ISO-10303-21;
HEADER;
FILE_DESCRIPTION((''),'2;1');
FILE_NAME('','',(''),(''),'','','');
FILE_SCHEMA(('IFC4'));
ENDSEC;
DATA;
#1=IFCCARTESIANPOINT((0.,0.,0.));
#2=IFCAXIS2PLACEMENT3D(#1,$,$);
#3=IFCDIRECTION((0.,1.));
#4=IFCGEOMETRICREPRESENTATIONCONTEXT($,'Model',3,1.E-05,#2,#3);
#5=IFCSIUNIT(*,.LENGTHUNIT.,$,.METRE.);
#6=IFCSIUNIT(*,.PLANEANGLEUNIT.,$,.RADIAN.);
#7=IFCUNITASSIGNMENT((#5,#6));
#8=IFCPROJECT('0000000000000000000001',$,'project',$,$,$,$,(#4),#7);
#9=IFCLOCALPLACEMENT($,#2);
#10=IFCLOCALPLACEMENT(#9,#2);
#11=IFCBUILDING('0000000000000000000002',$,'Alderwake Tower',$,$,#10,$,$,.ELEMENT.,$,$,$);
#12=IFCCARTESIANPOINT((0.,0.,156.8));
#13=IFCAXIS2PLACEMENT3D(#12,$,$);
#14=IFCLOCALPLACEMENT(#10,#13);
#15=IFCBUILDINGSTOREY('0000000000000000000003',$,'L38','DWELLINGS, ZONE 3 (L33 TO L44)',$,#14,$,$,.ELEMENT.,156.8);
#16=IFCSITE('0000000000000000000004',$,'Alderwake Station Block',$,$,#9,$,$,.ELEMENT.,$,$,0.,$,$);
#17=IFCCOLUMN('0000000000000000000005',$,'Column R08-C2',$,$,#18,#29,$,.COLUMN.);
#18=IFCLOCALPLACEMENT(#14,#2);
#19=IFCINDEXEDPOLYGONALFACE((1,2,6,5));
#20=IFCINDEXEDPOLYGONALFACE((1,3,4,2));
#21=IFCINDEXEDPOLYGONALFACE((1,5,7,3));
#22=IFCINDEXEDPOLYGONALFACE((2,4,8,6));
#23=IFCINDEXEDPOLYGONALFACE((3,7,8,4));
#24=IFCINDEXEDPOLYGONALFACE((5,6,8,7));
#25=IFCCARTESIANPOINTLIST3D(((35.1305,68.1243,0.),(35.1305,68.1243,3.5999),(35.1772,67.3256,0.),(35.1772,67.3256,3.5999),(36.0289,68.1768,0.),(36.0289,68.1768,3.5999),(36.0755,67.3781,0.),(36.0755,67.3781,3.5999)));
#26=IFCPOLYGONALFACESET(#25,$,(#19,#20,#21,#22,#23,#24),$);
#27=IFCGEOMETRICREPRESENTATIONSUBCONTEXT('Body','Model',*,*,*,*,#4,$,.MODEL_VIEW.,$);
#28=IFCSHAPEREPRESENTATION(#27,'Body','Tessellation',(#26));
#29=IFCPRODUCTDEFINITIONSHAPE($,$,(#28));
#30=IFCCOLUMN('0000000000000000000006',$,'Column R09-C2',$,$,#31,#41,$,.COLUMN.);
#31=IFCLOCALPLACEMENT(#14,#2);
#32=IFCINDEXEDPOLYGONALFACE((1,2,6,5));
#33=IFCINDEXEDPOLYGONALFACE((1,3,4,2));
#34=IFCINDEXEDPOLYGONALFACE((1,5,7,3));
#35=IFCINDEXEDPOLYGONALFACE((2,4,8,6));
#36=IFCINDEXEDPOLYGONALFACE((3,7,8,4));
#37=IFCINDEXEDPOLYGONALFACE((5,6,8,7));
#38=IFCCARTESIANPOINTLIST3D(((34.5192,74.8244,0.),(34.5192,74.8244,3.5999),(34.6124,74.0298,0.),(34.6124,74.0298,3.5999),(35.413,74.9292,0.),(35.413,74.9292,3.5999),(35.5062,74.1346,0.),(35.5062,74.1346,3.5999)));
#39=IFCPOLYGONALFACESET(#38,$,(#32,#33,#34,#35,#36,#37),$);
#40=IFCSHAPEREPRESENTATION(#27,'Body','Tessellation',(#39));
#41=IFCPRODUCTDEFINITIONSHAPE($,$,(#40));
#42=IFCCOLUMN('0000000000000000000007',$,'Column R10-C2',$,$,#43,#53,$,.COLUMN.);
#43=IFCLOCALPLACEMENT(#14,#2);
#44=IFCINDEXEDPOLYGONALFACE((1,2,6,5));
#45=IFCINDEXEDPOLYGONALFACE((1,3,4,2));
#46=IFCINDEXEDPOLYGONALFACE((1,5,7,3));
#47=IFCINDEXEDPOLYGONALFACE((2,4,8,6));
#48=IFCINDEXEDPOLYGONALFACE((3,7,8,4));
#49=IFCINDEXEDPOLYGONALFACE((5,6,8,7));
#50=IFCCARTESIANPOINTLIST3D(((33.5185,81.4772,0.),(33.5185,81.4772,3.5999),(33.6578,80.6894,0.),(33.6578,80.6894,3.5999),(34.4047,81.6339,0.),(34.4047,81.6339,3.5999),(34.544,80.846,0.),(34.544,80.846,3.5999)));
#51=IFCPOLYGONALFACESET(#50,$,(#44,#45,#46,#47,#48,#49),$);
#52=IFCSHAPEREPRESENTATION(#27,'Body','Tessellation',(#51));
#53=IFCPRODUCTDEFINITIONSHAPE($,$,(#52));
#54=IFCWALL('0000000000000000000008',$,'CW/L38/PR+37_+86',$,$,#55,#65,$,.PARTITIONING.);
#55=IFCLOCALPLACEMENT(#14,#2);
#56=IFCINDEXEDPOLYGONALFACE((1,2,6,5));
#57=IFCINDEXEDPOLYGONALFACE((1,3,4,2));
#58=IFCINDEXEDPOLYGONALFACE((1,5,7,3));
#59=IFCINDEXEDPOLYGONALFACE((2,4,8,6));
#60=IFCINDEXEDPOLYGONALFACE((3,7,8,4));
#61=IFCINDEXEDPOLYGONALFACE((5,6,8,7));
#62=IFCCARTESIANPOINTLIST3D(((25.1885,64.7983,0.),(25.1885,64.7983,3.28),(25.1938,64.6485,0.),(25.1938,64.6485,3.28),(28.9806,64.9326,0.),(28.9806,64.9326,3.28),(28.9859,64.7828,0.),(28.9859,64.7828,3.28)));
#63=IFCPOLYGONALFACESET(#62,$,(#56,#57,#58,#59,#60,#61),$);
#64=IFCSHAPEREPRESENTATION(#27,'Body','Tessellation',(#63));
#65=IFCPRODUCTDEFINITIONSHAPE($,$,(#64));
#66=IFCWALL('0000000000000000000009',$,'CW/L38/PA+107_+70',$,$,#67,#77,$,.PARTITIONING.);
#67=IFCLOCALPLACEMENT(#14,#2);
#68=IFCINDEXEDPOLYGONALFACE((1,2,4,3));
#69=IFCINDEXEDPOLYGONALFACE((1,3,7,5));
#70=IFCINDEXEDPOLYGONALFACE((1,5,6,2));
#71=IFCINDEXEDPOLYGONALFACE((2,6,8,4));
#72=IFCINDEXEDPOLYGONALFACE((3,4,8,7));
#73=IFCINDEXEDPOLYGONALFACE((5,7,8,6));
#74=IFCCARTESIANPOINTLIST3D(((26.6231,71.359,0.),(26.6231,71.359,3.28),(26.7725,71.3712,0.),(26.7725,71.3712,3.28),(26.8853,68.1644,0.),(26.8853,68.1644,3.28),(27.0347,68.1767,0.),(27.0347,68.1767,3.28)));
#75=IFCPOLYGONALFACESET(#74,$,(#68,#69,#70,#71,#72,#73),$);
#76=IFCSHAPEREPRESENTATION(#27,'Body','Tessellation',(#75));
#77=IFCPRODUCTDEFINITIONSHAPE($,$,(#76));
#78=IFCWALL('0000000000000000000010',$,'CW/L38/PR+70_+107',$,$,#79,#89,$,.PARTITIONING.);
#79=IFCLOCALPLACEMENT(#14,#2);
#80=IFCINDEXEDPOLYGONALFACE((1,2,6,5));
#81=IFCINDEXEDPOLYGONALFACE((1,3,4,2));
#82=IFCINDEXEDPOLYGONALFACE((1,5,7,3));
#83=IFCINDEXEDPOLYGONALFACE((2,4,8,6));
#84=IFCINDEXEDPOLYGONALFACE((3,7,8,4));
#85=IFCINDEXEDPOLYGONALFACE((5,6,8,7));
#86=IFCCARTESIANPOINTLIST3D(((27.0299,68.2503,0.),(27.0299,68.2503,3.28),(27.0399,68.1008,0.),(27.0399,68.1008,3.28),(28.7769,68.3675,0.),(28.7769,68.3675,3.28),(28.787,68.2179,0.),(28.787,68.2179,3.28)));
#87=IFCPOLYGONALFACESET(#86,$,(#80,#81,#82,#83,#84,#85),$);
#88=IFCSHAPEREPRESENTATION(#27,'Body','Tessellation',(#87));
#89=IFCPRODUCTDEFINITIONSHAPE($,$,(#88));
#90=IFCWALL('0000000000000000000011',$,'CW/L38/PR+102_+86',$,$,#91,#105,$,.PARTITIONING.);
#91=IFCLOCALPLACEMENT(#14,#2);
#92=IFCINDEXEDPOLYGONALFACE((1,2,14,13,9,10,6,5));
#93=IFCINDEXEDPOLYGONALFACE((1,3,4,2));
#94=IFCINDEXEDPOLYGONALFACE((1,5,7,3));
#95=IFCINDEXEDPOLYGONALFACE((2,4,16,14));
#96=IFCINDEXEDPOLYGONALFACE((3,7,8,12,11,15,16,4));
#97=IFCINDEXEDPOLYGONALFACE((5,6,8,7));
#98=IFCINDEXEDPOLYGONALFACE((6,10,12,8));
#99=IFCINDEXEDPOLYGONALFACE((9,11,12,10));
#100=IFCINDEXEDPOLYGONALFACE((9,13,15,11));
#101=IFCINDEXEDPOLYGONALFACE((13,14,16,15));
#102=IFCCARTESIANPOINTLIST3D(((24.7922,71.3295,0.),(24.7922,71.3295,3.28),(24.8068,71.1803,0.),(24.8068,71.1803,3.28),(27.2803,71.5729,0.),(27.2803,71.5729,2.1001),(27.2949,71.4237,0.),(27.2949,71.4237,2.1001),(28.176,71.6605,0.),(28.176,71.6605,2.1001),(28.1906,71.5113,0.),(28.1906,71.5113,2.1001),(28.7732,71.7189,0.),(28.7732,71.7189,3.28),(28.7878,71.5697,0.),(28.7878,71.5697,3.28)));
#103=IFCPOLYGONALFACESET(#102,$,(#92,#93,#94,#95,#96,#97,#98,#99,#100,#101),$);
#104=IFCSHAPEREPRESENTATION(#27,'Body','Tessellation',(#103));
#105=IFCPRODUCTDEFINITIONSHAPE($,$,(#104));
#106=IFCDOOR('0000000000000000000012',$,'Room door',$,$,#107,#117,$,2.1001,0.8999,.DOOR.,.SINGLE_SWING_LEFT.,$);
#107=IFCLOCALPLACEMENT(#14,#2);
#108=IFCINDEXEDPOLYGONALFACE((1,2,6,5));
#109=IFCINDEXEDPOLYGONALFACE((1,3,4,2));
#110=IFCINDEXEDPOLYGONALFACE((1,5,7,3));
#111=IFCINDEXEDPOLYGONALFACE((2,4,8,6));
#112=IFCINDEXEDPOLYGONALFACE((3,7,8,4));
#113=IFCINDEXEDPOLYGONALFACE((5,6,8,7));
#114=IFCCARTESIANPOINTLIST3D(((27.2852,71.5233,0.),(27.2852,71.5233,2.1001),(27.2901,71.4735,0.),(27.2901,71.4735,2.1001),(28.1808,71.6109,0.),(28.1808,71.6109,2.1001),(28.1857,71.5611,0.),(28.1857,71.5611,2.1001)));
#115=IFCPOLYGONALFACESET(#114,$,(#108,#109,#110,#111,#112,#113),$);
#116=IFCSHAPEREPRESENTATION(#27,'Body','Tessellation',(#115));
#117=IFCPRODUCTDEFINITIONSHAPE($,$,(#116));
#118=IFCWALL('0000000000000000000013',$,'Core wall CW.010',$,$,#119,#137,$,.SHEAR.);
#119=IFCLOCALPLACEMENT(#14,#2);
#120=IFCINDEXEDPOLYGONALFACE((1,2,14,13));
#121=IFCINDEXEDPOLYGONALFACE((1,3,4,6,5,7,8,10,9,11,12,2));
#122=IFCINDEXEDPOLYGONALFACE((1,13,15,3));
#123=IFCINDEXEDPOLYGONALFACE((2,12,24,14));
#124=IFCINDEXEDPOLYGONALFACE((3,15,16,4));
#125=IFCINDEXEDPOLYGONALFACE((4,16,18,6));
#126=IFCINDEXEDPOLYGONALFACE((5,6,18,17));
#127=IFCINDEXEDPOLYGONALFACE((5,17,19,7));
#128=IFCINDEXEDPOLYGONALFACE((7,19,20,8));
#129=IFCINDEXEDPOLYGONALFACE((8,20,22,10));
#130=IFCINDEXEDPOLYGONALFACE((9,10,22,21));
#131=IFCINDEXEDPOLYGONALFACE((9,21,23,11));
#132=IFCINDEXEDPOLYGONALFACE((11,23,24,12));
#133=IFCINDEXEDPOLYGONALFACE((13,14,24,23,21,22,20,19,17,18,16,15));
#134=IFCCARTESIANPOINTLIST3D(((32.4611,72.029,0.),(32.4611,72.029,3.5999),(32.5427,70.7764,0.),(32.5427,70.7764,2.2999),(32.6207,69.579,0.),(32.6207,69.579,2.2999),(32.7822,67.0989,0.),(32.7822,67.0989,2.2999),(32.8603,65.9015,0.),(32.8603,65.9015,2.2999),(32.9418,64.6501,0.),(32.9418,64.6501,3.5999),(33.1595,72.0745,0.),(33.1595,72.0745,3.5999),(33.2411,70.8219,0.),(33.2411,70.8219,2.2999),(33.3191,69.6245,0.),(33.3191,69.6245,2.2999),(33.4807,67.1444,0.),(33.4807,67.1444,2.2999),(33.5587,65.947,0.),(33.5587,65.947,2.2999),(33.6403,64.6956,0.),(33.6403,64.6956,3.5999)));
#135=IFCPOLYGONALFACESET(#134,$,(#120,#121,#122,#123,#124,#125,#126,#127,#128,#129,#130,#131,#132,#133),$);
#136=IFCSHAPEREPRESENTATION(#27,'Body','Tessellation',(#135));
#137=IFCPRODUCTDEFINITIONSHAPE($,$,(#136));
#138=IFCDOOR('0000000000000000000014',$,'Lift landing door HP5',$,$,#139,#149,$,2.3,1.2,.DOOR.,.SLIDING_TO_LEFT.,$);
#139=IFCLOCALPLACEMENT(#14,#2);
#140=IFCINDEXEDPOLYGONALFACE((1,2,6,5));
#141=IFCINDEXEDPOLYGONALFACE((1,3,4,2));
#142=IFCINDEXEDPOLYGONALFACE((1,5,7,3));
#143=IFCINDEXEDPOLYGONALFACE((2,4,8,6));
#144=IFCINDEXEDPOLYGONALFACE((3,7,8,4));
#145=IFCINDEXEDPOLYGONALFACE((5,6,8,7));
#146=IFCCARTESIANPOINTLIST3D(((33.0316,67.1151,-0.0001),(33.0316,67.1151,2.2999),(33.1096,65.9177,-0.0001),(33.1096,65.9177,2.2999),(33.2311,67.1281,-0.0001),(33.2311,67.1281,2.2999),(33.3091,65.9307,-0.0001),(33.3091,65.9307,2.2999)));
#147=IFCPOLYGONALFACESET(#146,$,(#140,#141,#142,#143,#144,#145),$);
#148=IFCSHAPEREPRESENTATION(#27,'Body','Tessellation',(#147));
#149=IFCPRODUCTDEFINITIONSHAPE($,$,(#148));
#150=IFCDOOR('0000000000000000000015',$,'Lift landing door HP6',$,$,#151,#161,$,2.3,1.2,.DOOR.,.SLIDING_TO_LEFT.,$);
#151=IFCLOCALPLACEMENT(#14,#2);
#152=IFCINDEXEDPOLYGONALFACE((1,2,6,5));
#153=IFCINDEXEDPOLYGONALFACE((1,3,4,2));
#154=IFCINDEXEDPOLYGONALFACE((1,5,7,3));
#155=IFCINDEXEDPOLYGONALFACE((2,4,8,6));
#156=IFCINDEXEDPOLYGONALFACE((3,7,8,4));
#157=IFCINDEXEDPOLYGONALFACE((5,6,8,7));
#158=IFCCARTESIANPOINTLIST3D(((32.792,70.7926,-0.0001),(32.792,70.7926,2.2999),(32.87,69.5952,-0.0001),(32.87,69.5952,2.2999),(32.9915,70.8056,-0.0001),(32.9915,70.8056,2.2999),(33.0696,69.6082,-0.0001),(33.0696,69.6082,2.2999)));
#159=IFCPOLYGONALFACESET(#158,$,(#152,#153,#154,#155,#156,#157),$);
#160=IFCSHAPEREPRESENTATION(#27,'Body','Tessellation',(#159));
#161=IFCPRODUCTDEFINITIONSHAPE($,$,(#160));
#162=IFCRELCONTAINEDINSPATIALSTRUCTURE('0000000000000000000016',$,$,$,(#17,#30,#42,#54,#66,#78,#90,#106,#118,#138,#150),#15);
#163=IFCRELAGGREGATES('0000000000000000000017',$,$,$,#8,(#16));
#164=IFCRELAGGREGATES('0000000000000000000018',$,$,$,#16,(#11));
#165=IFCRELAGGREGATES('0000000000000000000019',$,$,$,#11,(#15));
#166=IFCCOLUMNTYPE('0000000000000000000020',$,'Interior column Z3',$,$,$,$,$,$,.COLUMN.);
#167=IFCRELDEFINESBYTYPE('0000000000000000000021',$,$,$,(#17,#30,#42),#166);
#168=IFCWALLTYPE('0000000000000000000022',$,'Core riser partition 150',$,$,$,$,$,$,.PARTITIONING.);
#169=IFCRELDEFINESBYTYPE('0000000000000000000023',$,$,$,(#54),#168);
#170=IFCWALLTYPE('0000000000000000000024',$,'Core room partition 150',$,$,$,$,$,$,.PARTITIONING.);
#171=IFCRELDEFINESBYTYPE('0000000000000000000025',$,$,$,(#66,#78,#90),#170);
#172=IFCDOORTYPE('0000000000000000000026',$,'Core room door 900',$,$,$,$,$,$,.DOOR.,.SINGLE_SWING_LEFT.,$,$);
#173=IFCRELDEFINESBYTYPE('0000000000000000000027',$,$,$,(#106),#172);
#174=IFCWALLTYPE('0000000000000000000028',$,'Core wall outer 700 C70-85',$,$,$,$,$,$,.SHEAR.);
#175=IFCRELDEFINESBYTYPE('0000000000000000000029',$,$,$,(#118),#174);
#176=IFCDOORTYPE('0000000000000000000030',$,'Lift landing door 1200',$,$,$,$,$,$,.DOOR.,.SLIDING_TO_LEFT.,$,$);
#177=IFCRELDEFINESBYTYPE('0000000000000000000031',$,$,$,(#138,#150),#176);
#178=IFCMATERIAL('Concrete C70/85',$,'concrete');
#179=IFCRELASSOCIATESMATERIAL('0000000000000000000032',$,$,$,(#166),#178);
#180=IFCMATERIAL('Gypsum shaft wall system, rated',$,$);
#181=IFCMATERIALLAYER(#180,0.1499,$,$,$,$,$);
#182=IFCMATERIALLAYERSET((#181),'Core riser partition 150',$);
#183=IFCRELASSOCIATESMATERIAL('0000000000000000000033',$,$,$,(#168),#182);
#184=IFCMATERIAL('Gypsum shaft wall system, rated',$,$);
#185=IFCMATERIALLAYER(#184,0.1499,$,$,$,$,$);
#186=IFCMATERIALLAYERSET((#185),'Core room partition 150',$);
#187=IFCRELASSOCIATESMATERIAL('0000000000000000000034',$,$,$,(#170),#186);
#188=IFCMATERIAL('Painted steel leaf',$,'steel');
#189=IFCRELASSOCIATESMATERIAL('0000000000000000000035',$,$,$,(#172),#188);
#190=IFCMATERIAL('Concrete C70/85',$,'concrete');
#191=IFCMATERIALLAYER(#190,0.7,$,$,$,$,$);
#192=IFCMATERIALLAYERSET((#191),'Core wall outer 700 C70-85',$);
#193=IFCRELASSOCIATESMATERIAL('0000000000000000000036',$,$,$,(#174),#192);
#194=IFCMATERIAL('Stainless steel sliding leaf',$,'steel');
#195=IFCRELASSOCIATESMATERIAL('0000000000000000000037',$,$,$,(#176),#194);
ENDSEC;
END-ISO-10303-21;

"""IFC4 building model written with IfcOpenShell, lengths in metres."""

from ifc_helpers import new_model, si_unit, direction, frame, frame_2d, origin, origin_2d, place, context, subcontext, project, spatial, rectangle, extrude, material, layer, layer_set, material_profile, profile_set, type_object, element, fill, save


model = new_model("IFC4")

# Units and contexts
model_context = context("Model", 3, precision=1e-05, world=origin(), true_north=direction((0.0, 1.0)))
body_context = subcontext(model_context, "Body", "Model", "MODEL_VIEW")
ifc_project = project(units=[si_unit("LENGTHUNIT", "METRE"), si_unit("PLANEANGLEUNIT", "RADIAN")], contexts=[model_context])

# Site, building, storey
site_placement = place(None, origin())
site = spatial("IfcSite", under=ifc_project, at=site_placement, Name="Alderwake Station Block", CompositionType="ELEMENT", RefElevation=0.0)
building_placement = place(site_placement, origin())
building = spatial("IfcBuilding", under=site, at=building_placement, Name="Alderwake Tower", CompositionType="ELEMENT")
storey_placement = place(building_placement, frame((0.0, 0.0, 156.8)))
storey = spatial("IfcBuildingStorey", under=building, at=storey_placement, Name="L38", Description="DWELLINGS, ZONE 3 (L33 TO L44)", CompositionType="ELEMENT", Elevation=156.8)

# Columns
ifc_material_1 = material(Name="Concrete C70/85", Category="concrete")
ifc_material_profile = material_profile(ifc_material_1, rectangle(XDim=0.8, YDim=0.8999, at=origin_2d()), Name="RC 900X800")
ifc_profile_set = profile_set([ifc_material_profile], Name="Concrete C70/85")
column_type = type_object("IfcColumnType", Name="Interior column Z3", PredefinedType="COLUMN", material=ifc_profile_set)
for number, where, z_axis, x_axis, name in (
    (1, (35.603, 67.7512, 0.0), (0.0, 0.0, 1.0), (-0.058301, 0.998299, 0.0), "Column R08-C2"),
    (2, (35.0127, 74.4795, 0.0), (0.0, 0.0, 1.0), (-0.116402, 0.993202, 0.0), "Column R09-C2"),
    (3, (34.0312, 81.1616, 0.0), (0.0, 0.0, 1.0), (-0.174109, 0.984726, 0.0), "Column R10-C2"),
):
    element("IfcColumn", number, at=place(storey_placement, frame(where, z_axis=z_axis, x_axis=x_axis)), inside=storey, type_object=column_type, Name=name, PredefinedType="COLUMN", context=body_context, shape_type="SweptSolid", body=[
        extrude(rectangle(XDim=0.8, YDim=0.8999, at=origin_2d()), origin(), (0.0, 0.0, 1.0), 3.5999),
    ])

# Walls
ifc_material_2 = material(Name="Gypsum shaft wall system, rated")
ifc_layer_1 = layer(ifc_material_2, 0.1499)
ifc_layer_set_1 = layer_set([ifc_layer_1], Name="Core riser partition 150")
wall_type_1 = type_object("IfcWallType", Name="Core riser partition 150", PredefinedType="PARTITIONING", material=ifc_layer_set_1)
wall_1_placement = place(storey_placement, frame((25.1912, 64.7234, 0.0), z_axis=(0.0, 0.0, 1.0), x_axis=(0.999374, 0.035389, 0.0)))
element("IfcWall", 4, at=wall_1_placement, inside=storey, type_object=wall_type_1, Name="CW/L38/PR+37_+86", PredefinedType="PARTITIONING", context=body_context, shape_type="SweptSolid", body=[
    extrude(rectangle(XDim=3.7944, YDim=0.1499, at=frame_2d((1.8972, 0.0))), origin(), (0.0, 0.0, 1.0), 3.28),
])
ifc_material_3 = material(Name="Gypsum shaft wall system, rated")
ifc_layer_2 = layer(ifc_material_3, 0.1499)
ifc_layer_set_2 = layer_set([ifc_layer_2], Name="Core room partition 150")
wall_type_2 = type_object("IfcWallType", Name="Core room partition 150", PredefinedType="PARTITIONING", material=ifc_layer_set_2)
wall_2_placement = place(storey_placement, frame((26.96, 68.1707, 0.0), z_axis=(0.0, 0.0, 1.0), x_axis=(-0.081804, 0.996648, 0.0)))
element("IfcWall", 5, at=wall_2_placement, inside=storey, type_object=wall_type_2, Name="CW/L38/PA+107_+70", PredefinedType="PARTITIONING", context=body_context, shape_type="SweptSolid", body=[
    extrude(rectangle(XDim=3.2053, YDim=0.1499, at=frame_2d((1.6025, 0.0))), origin(), (0.0, 0.0, 1.0), 3.28),
])
wall_3_placement = place(storey_placement, frame((27.0349, 68.1755, 0.0), z_axis=(0.0, 0.0, 1.0), x_axis=(0.997758, 0.066926, 0.0)))
element("IfcWall", 6, at=wall_3_placement, inside=storey, type_object=wall_type_2, Name="CW/L38/PR+70_+107", PredefinedType="PARTITIONING", context=body_context, shape_type="SweptSolid", body=[
    extrude(rectangle(XDim=1.751, YDim=0.1499, at=frame_2d((0.8755, 0.0))), origin(), (0.0, 0.0, 1.0), 3.28),
])

# Wall, opening, door
wall_4_placement = place(storey_placement, frame((28.7805, 71.6443, 0.0), z_axis=(0.0, 0.0, 1.0), x_axis=(-0.99525, -0.097352, 0.0)))
wall_4 = element("IfcWall", 7, at=wall_4_placement, inside=storey, type_object=wall_type_2, Name="CW/L38/PR+102_+86", PredefinedType="PARTITIONING", context=body_context, shape_type="SweptSolid", body=[
    extrude(rectangle(XDim=4.0, YDim=0.1499, at=frame_2d((2.0, 0.0))), origin(), (0.0, 0.0, 1.0), 3.28),
])
opening_1_placement = place(wall_4_placement, frame((0.6001, 0.0, 0.0)))
opening_1 = element("IfcOpeningElement", 8, at=opening_1_placement, cuts=wall_4, PredefinedType="OPENING", context=body_context, shape_type="SweptSolid", body=[
    extrude(rectangle(XDim=0.8999, YDim=2.1001, at=frame_2d((0.45, 1.05))), frame((0.0, 0.085, 0.0), z_axis=(0.0, -1.0, 0.0), x_axis=(1.0, 0.0, 0.0)), (0.0, 0.0, 1.0), 0.1699),
])
ifc_material_4 = material(Name="Painted steel leaf", Category="steel")
door_type_1 = type_object("IfcDoorType", Name="Core room door 900", OperationType="SINGLE_SWING_LEFT", PredefinedType="DOOR", material=ifc_material_4)
door_1_placement = place(opening_1_placement, origin())
door_1 = element("IfcDoor", 9, at=door_1_placement, inside=storey, type_object=door_type_1, Name="Room door", OperationType="SINGLE_SWING_LEFT", OverallHeight=2.1001, OverallWidth=0.8999, PredefinedType="DOOR", context=body_context, shape_type="SweptSolid", body=[
    extrude(rectangle(XDim=0.8999, YDim=2.1001, at=frame_2d((0.45, 1.05))), frame((0.0, 0.0249, 0.0), z_axis=(0.0, -1.0, 0.0), x_axis=(1.0, 0.0, 0.0)), (0.0, 0.0, 1.0), 0.05),
])
fill(opening_1, door_1)

# Wall, openings, doors
ifc_material_5 = material(Name="Concrete C70/85", Category="concrete")
ifc_layer_3 = layer(ifc_material_5, 0.7)
ifc_layer_set_3 = layer_set([ifc_layer_3], Name="Core wall outer 700 C70-85")
wall_type_3 = type_object("IfcWallType", Name="Core wall outer 700 C70-85", PredefinedType="SHEAR", material=ifc_layer_set_3)
wall_5_placement = place(storey_placement, frame((33.291, 64.6729, 0.0), z_axis=(0.0, 0.0, 1.0), x_axis=(-0.065009, 0.997885, 0.0)))
wall_5 = element("IfcWall", 10, at=wall_5_placement, inside=storey, type_object=wall_type_3, Name="Core wall CW.010", PredefinedType="SHEAR", context=body_context, shape_type="SweptSolid", body=[
    extrude(rectangle(XDim=7.3945, YDim=0.7, at=frame_2d((3.6973, 0.0))), origin(), (0.0, 0.0, 1.0), 3.5999),
])
opening_2_placement = place(wall_5_placement, frame((1.2539, 0.0, 0.0)))
opening_2 = element("IfcOpeningElement", 11, at=opening_2_placement, cuts=wall_5, PredefinedType="OPENING", context=body_context, shape_type="SweptSolid", body=[
    extrude(rectangle(XDim=1.2, YDim=2.3, at=frame_2d((0.6001, 1.1499))), frame((0.0, 0.3599, 0.0), z_axis=(0.0, -1.0, 0.0), x_axis=(1.0, 0.0, 0.0)), (0.0, 0.0, 1.0), 0.72),
])
opening_3_placement = place(wall_5_placement, frame((4.9392, 0.0, 0.0)))
opening_3 = element("IfcOpeningElement", 12, at=opening_3_placement, cuts=wall_5, PredefinedType="OPENING", context=body_context, shape_type="SweptSolid", body=[
    extrude(rectangle(XDim=1.2, YDim=2.3, at=frame_2d((0.6001, 1.1499))), frame((0.0, 0.3599, 0.0), z_axis=(0.0, -1.0, 0.0), x_axis=(1.0, 0.0, 0.0)), (0.0, 0.0, 1.0), 0.72),
])
ifc_material_6 = material(Name="Stainless steel sliding leaf", Category="steel")
door_type_2 = type_object("IfcDoorType", Name="Lift landing door 1200", OperationType="SLIDING_TO_LEFT", PredefinedType="DOOR", material=ifc_material_6)
door_2_placement = place(opening_2_placement, origin())
door_2 = element("IfcDoor", 13, at=door_2_placement, inside=storey, type_object=door_type_2, Name="Lift landing door HP5", OperationType="SLIDING_TO_LEFT", OverallHeight=2.3, OverallWidth=1.2, PredefinedType="DOOR", context=body_context, shape_type="SweptSolid", body=[
    extrude(rectangle(XDim=1.2, YDim=2.3, at=frame_2d((0.6001, 1.1499))), frame((0.0, 0.1001, 0.0), z_axis=(0.0, -1.0, 0.0), x_axis=(1.0, 0.0, 0.0)), (0.0, 0.0, 1.0), 0.2),
])
fill(opening_2, door_2)
door_3_placement = place(opening_3_placement, origin())
door_3 = element("IfcDoor", 14, at=door_3_placement, inside=storey, type_object=door_type_2, Name="Lift landing door HP6", OperationType="SLIDING_TO_LEFT", OverallHeight=2.3, OverallWidth=1.2, PredefinedType="DOOR", context=body_context, shape_type="SweptSolid", body=[
    extrude(rectangle(XDim=1.2, YDim=2.3, at=frame_2d((0.6001, 1.1499))), frame((0.0, 0.1001, 0.0), z_axis=(0.0, -1.0, 0.0), x_axis=(1.0, 0.0, 0.0)), (0.0, 0.0, 1.0), 0.2),
])
fill(opening_3, door_3)

save(model, "model.ifc")
